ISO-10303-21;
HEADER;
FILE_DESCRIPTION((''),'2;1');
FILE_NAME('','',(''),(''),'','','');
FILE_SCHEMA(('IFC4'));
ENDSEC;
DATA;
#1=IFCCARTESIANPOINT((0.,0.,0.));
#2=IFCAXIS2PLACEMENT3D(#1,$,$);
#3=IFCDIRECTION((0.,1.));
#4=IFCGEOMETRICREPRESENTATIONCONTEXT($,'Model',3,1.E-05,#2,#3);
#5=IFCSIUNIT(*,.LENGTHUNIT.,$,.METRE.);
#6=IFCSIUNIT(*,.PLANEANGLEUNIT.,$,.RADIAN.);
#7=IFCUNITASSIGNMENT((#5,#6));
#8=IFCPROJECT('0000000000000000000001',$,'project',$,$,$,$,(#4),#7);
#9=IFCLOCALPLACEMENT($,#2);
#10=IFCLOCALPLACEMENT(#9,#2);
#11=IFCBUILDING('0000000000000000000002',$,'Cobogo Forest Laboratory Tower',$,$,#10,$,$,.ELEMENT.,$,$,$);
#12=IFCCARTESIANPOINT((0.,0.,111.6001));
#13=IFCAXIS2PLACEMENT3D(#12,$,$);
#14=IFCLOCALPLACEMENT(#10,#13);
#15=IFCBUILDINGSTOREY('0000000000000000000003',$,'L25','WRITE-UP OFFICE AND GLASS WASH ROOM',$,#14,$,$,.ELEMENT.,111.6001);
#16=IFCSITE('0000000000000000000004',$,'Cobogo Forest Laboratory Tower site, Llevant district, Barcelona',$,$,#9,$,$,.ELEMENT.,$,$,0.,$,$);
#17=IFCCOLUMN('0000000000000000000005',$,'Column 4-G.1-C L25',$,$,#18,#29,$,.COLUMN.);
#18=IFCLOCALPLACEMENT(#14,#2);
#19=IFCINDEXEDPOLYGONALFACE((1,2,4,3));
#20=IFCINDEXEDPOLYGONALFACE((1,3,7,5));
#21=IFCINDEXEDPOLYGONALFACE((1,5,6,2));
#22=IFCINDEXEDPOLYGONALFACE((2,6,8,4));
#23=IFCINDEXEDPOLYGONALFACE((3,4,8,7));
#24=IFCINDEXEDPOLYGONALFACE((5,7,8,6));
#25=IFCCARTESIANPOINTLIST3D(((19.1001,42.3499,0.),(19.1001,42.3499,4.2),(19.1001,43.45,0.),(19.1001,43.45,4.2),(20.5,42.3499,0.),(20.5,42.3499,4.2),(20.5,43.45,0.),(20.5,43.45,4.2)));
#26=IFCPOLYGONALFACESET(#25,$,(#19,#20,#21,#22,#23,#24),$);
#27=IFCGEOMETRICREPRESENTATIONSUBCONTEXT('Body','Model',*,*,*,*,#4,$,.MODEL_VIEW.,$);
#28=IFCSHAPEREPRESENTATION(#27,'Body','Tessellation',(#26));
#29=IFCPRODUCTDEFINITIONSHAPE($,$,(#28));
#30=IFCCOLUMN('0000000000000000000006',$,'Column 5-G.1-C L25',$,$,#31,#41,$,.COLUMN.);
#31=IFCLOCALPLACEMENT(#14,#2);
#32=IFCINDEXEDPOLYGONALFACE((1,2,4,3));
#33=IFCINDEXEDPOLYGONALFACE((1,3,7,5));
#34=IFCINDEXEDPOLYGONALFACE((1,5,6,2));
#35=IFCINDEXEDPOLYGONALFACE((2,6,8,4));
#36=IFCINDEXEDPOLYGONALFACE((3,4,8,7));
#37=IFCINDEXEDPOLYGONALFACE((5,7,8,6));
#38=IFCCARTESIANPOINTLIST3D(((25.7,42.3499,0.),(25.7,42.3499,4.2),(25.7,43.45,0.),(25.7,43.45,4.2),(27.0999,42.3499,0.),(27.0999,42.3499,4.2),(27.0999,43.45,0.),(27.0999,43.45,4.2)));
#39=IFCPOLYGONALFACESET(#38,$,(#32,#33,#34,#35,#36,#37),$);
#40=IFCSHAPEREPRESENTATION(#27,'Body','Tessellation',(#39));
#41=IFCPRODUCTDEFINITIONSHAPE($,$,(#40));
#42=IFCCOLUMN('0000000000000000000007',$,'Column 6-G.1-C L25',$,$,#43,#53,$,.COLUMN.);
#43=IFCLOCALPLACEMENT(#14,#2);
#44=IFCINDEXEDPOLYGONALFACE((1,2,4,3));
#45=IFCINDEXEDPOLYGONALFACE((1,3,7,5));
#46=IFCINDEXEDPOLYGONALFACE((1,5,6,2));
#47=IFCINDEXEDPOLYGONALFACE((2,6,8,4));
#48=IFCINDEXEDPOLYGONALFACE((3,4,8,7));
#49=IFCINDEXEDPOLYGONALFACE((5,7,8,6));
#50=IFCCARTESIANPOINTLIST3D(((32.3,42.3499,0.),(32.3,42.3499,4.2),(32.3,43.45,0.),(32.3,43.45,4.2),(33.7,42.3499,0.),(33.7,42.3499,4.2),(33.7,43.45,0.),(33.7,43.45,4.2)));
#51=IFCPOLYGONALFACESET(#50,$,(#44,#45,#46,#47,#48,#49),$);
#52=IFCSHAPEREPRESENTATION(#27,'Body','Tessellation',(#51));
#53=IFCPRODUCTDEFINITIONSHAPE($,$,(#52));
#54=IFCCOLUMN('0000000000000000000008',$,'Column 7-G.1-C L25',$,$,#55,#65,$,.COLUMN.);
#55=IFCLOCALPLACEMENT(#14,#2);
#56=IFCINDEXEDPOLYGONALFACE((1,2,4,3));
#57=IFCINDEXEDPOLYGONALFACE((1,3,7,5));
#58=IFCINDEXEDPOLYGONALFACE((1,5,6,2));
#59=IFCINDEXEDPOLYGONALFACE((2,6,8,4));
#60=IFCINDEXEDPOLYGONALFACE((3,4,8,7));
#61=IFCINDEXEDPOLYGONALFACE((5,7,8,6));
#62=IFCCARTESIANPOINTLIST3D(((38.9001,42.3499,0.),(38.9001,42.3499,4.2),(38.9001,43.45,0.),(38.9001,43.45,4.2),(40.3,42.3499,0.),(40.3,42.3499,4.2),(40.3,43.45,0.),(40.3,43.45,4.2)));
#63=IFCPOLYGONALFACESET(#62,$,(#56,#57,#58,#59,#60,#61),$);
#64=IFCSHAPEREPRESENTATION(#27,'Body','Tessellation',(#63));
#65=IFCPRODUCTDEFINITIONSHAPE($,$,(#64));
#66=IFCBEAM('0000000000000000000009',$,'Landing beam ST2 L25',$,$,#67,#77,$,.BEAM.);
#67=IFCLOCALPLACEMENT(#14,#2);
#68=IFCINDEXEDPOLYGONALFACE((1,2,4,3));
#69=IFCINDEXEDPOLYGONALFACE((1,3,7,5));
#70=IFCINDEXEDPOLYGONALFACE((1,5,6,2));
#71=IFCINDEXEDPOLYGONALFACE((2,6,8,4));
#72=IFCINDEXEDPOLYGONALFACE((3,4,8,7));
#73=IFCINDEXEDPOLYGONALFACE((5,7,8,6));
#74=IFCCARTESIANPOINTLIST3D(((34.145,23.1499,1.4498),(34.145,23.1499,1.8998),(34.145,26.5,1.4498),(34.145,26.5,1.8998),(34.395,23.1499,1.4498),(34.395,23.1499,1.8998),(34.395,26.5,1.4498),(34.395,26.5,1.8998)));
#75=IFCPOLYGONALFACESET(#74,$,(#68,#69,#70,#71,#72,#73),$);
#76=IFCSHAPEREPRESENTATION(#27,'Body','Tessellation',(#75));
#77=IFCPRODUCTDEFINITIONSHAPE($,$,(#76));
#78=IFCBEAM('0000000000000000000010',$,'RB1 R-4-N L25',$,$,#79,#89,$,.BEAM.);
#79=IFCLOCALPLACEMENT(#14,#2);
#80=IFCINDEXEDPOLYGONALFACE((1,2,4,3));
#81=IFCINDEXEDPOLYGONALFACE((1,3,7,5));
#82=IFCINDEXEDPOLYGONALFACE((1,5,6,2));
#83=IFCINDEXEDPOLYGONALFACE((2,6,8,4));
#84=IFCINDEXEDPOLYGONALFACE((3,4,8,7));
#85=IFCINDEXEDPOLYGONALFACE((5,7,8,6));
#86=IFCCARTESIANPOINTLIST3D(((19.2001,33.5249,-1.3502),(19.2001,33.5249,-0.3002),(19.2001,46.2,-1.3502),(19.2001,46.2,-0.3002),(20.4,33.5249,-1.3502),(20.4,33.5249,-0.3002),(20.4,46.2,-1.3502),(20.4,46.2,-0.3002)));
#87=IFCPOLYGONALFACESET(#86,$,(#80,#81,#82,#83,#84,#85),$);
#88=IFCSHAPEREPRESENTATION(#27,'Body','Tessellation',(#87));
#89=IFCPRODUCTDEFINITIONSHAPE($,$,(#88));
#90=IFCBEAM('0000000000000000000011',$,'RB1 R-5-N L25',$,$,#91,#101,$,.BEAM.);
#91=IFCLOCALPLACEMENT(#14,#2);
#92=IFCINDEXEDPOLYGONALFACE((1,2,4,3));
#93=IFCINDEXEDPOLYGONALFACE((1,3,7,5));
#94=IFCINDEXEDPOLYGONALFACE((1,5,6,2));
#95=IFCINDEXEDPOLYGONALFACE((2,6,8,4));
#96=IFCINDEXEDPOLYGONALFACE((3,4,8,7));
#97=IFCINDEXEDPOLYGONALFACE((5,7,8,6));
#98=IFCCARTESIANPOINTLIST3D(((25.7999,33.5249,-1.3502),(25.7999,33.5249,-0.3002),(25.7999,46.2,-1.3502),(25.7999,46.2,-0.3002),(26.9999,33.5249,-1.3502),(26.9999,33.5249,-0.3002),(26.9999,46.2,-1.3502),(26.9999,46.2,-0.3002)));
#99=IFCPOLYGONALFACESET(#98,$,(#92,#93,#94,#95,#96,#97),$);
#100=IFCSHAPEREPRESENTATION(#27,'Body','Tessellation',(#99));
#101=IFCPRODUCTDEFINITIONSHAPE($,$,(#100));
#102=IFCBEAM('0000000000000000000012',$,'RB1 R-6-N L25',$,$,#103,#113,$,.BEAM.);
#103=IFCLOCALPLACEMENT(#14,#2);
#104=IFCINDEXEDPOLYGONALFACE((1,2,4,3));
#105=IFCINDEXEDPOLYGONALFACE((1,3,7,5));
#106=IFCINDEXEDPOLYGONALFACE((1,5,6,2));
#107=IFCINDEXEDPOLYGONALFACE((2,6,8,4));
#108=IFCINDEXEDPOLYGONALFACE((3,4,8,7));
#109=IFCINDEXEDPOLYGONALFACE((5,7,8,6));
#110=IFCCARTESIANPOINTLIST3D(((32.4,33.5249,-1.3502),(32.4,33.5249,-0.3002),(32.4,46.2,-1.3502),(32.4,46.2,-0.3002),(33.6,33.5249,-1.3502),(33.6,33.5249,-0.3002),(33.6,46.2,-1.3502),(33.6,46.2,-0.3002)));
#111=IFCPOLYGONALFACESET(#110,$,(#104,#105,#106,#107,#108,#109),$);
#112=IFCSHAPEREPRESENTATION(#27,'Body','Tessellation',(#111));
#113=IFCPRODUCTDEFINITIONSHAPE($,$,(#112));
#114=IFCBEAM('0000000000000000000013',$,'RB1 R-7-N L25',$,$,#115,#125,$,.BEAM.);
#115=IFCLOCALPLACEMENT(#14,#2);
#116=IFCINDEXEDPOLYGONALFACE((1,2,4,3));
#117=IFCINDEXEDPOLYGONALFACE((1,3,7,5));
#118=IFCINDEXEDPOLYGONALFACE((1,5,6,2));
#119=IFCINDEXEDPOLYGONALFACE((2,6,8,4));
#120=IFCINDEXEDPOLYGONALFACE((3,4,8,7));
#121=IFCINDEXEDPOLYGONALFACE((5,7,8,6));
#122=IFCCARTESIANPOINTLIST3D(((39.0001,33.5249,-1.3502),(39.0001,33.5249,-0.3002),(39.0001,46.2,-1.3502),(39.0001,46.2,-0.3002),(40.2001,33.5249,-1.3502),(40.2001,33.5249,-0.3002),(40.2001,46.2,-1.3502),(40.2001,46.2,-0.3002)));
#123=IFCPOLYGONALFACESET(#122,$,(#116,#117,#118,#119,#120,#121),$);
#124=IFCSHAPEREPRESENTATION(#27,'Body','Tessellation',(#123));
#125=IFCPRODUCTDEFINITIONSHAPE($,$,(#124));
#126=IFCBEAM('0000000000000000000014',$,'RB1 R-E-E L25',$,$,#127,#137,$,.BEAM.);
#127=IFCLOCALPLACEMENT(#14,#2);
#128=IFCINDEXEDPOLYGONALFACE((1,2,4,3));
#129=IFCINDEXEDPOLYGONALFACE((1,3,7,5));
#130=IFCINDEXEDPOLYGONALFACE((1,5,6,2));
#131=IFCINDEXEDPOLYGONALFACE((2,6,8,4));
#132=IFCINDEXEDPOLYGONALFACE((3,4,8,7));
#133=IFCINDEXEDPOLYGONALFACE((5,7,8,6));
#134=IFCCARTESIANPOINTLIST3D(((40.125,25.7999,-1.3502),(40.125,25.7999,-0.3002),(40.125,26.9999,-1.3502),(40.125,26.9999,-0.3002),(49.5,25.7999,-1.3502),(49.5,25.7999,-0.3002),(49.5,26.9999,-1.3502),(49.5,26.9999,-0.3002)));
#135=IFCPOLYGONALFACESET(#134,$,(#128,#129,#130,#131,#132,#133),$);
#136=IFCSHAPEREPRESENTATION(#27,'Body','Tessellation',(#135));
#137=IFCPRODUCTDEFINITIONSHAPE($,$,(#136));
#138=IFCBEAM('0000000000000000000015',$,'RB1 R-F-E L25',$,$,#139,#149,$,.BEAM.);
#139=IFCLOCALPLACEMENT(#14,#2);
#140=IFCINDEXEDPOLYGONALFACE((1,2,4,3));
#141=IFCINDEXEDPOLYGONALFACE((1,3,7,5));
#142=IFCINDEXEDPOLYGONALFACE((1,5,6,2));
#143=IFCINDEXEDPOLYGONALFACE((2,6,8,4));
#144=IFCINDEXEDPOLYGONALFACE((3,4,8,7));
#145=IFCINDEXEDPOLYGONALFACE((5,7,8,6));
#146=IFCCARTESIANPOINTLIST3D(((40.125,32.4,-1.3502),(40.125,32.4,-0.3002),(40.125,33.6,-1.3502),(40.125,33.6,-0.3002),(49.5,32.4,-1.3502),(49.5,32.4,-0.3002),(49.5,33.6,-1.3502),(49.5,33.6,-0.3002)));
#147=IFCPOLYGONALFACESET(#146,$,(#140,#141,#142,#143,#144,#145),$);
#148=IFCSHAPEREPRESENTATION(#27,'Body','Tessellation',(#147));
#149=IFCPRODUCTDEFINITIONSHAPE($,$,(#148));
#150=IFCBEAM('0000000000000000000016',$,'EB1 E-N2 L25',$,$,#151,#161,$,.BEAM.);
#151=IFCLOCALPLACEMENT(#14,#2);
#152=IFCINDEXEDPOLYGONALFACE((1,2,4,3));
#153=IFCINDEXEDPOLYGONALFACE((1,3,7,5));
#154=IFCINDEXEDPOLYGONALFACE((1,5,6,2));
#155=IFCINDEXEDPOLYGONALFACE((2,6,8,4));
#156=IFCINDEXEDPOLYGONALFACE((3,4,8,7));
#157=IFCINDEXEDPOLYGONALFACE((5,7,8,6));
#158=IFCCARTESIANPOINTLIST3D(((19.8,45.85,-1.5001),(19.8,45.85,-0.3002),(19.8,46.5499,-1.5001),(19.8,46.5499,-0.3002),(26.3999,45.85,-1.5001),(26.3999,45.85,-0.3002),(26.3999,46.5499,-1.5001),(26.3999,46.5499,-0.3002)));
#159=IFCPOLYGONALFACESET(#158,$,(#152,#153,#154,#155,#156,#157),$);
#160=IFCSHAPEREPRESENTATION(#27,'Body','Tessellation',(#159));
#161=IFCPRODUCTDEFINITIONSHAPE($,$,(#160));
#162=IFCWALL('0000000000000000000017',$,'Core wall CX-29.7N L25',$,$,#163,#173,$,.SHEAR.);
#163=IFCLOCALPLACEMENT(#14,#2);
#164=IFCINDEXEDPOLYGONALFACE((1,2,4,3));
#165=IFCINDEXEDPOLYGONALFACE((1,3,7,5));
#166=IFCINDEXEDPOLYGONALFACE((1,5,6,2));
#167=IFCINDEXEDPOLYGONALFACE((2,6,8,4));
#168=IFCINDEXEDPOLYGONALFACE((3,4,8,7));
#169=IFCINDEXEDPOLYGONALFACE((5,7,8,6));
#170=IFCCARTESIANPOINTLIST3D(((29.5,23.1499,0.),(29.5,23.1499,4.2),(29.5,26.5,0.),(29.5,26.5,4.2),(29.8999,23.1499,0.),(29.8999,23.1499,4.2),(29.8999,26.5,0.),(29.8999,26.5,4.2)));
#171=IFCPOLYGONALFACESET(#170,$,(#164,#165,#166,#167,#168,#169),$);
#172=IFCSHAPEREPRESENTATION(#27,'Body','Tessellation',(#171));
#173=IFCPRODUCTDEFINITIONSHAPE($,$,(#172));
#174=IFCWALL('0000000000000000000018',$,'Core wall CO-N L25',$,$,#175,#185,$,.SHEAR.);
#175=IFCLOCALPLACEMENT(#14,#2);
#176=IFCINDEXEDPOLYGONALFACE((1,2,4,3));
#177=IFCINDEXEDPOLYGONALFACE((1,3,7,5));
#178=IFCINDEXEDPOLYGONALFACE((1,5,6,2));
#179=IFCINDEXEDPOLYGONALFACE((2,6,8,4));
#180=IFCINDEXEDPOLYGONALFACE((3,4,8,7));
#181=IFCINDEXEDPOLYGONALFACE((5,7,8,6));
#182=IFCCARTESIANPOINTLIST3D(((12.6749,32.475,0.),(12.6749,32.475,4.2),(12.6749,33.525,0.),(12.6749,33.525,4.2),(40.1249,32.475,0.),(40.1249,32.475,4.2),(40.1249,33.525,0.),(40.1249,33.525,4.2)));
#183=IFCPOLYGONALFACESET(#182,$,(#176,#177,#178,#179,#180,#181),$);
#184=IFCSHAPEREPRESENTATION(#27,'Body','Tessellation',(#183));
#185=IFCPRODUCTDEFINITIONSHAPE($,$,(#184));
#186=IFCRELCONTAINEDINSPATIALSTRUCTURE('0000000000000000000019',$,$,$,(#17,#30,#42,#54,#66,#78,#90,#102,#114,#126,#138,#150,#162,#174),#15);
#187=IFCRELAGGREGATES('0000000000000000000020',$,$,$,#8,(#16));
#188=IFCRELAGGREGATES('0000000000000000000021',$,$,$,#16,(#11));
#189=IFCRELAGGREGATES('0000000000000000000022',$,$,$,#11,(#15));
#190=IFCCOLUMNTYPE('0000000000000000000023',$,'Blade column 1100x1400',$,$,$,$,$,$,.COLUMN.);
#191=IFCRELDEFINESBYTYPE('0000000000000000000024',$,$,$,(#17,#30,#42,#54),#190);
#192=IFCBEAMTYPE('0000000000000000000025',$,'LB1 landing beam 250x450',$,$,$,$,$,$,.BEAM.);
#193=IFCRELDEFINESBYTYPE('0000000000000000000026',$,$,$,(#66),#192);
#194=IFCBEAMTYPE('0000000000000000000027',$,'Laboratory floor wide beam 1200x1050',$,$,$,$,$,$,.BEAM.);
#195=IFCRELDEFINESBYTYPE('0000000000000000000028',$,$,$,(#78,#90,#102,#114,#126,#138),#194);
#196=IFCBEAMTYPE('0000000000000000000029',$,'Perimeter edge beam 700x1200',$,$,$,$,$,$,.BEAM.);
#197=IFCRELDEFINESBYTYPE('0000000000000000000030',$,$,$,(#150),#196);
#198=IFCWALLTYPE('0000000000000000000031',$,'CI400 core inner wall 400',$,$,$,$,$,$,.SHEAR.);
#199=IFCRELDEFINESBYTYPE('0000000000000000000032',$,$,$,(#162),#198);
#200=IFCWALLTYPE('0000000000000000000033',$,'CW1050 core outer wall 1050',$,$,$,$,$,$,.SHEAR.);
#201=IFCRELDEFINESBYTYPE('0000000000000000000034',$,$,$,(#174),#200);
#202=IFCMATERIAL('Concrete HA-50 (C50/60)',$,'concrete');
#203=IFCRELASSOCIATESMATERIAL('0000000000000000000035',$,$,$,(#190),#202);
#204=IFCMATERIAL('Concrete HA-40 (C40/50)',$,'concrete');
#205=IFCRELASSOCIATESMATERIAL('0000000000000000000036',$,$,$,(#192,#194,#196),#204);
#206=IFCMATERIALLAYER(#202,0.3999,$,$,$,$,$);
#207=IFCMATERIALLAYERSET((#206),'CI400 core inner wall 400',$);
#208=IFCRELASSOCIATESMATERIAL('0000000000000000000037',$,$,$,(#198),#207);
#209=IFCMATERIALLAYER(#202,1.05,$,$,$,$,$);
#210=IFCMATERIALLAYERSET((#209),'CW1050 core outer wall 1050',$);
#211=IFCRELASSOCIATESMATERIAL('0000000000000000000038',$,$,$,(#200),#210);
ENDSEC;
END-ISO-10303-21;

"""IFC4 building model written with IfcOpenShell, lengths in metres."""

from ifc_helpers import new_model, si_unit, direction, frame, frame_2d, origin, origin_2d, place, context, subcontext, project, spatial, rectangle, extrude, material, layer, layer_set, material_profile, profile_set, type_object, element, save


model = new_model("IFC4")

# Units and contexts
model_context = context("Model", 3, precision=1e-05, world=origin(), true_north=direction((0.0, 1.0)))
body_context = subcontext(model_context, "Body", "Model", "MODEL_VIEW")
ifc_project = project(units=[si_unit("LENGTHUNIT", "METRE"), si_unit("PLANEANGLEUNIT", "RADIAN")], contexts=[model_context])

# Site, building, storey
site_placement = place(None, origin())
site = spatial("IfcSite", under=ifc_project, at=site_placement, Name="Cobogo Forest Laboratory Tower site, Llevant district, Barcelona", CompositionType="ELEMENT", RefElevation=0.0)
building_placement = place(site_placement, origin())
building = spatial("IfcBuilding", under=site, at=building_placement, Name="Cobogo Forest Laboratory Tower", CompositionType="ELEMENT")
storey_placement = place(building_placement, frame((0.0, 0.0, 111.6001)))
storey = spatial("IfcBuildingStorey", under=building, at=storey_placement, Name="L25", Description="WRITE-UP OFFICE AND GLASS WASH ROOM", CompositionType="ELEMENT", Elevation=111.6001)

# Columns
ifc_material_1 = material(Name="Concrete HA-50 (C50/60)", Category="concrete")
ifc_material_profile_1 = material_profile(ifc_material_1, rectangle(XDim=1.3999, YDim=1.1001, at=origin_2d()), Name="RC 1100x1400")
ifc_profile_set_1 = profile_set([ifc_material_profile_1], Name="Concrete HA-50 (C50/60)")
column_type = type_object("IfcColumnType", Name="Blade column 1100x1400", PredefinedType="COLUMN", material=ifc_profile_set_1)
for number, where, z_axis, x_axis, name in (
    (1, (19.8, 42.8999, 0.0), (0.0, 0.0, 1.0), (1.0, 0.0, 0.0), "Column 4-G.1-C L25"),
    (2, (26.3999, 42.8999, 0.0), (0.0, 0.0, 1.0), (1.0, 0.0, 0.0), "Column 5-G.1-C L25"),
    (3, (33.0, 42.8999, 0.0), (0.0, 0.0, 1.0), (1.0, 0.0, 0.0), "Column 6-G.1-C L25"),
    (4, (39.6001, 42.8999, 0.0), (0.0, 0.0, 1.0), (1.0, 0.0, 0.0), "Column 7-G.1-C L25"),
):
    element("IfcColumn", number, at=place(storey_placement, frame(where, z_axis=z_axis, x_axis=x_axis)), inside=storey, type_object=column_type, Name=name, PredefinedType="COLUMN", context=body_context, shape_type="SweptSolid", body=[
        extrude(rectangle(XDim=1.3999, YDim=1.1001, at=origin_2d()), origin(), (0.0, 0.0, 1.0), 4.2),
    ])

# Beams
ifc_material_2 = material(Name="Concrete HA-40 (C40/50)", Category="concrete")
ifc_material_profile_2 = material_profile(ifc_material_2, rectangle(XDim=0.25, YDim=0.45, at=origin_2d()), Name="RC 250x450")
ifc_profile_set_2 = profile_set([ifc_material_profile_2], Name="Concrete HA-40 (C40/50)")
beam_type_1 = type_object("IfcBeamType", Name="LB1 landing beam 250x450", PredefinedType="BEAM", material=ifc_profile_set_2)
beam_1_placement = place(storey_placement, frame((34.27, 23.1499, 1.6748), z_axis=(0.0, 1.0, 0.0), x_axis=(-1.0, 0.0, 0.0)))
element("IfcBeam", 5, at=beam_1_placement, inside=storey, type_object=beam_type_1, Name="Landing beam ST2 L25", PredefinedType="BEAM", context=body_context, shape_type="SweptSolid", body=[
    extrude(rectangle(XDim=0.25, YDim=0.45, at=origin_2d()), origin(), (0.0, 0.0, 1.0), 3.3501),
])
ifc_material_profile_3 = material_profile(ifc_material_2, rectangle(XDim=1.2, YDim=1.05, at=origin_2d()), Name="RC 1200x1050")
ifc_profile_set_3 = profile_set([ifc_material_profile_3], Name="Concrete HA-40 (C40/50)")
beam_type_2 = type_object("IfcBeamType", Name="Laboratory floor wide beam 1200x1050", PredefinedType="BEAM", material=ifc_profile_set_3)
for number, where, z_axis, x_axis, name in (
    (6, (19.8, 33.5249, -0.8252), (0.0, 1.0, 0.0), (-1.0, 0.0, 0.0), "RB1 R-4-N L25"),
    (7, (26.3999, 33.5249, -0.8252), (0.0, 1.0, 0.0), (-1.0, 0.0, 0.0), "RB1 R-5-N L25"),
    (8, (33.0, 33.5249, -0.8252), (0.0, 1.0, 0.0), (-1.0, 0.0, 0.0), "RB1 R-6-N L25"),
    (9, (39.6001, 33.5249, -0.8252), (0.0, 1.0, 0.0), (-1.0, 0.0, 0.0), "RB1 R-7-N L25"),
):
    element("IfcBeam", number, at=place(storey_placement, frame(where, z_axis=z_axis, x_axis=x_axis)), inside=storey, type_object=beam_type_2, Name=name, PredefinedType="BEAM", context=body_context, shape_type="SweptSolid", body=[
        extrude(rectangle(XDim=1.2, YDim=1.05, at=origin_2d()), origin(), (0.0, 0.0, 1.0), 12.675),
    ])
for number, where, z_axis, x_axis, name in (
    (10, (40.125, 26.3999, -0.8252), (1.0, 0.0, 0.0), (0.0, 1.0, 0.0), "RB1 R-E-E L25"),
    (11, (40.125, 33.0, -0.8252), (1.0, 0.0, 0.0), (0.0, 1.0, 0.0), "RB1 R-F-E L25"),
):
    element("IfcBeam", number, at=place(storey_placement, frame(where, z_axis=z_axis, x_axis=x_axis)), inside=storey, type_object=beam_type_2, Name=name, PredefinedType="BEAM", context=body_context, shape_type="SweptSolid", body=[
        extrude(rectangle(XDim=1.2, YDim=1.05, at=origin_2d()), origin(), (0.0, 0.0, 1.0), 9.375),
    ])
ifc_material_profile_4 = material_profile(ifc_material_2, rectangle(XDim=0.7, YDim=1.2, at=origin_2d()), Name="RC 700x1200")
ifc_profile_set_4 = profile_set([ifc_material_profile_4], Name="Concrete HA-40 (C40/50)")
beam_type_3 = type_object("IfcBeamType", Name="Perimeter edge beam 700x1200", PredefinedType="BEAM", material=ifc_profile_set_4)
beam_2_placement = place(storey_placement, frame((19.8, 46.2, -0.9001), z_axis=(1.0, 0.0, 0.0), x_axis=(0.0, 1.0, 0.0)))
element("IfcBeam", 12, at=beam_2_placement, inside=storey, type_object=beam_type_3, Name="EB1 E-N2 L25", PredefinedType="BEAM", context=body_context, shape_type="SweptSolid", body=[
    extrude(rectangle(XDim=0.7, YDim=1.2, at=origin_2d()), origin(), (0.0, 0.0, 1.0), 6.5999),
])

# Walls
ifc_layer_1 = layer(ifc_material_1, 0.3999)
ifc_layer_set_1 = layer_set([ifc_layer_1], Name="CI400 core inner wall 400")
wall_type_1 = type_object("IfcWallType", Name="CI400 core inner wall 400", PredefinedType="SHEAR", material=ifc_layer_set_1)
wall_1_placement = place(storey_placement, frame((29.7, 23.1499, 0.0), z_axis=(0.0, 0.0, 1.0), x_axis=(0.0, 1.0, 0.0)))
element("IfcWall", 13, at=wall_1_placement, inside=storey, type_object=wall_type_1, Name="Core wall CX-29.7N L25", PredefinedType="SHEAR", context=body_context, shape_type="SweptSolid", body=[
    extrude(rectangle(XDim=3.3501, YDim=0.3999, at=frame_2d((1.675, 0.0))), origin(), (0.0, 0.0, 1.0), 4.2),
])
ifc_layer_2 = layer(ifc_material_1, 1.05)
ifc_layer_set_2 = layer_set([ifc_layer_2], Name="CW1050 core outer wall 1050")
wall_type_2 = type_object("IfcWallType", Name="CW1050 core outer wall 1050", PredefinedType="SHEAR", material=ifc_layer_set_2)
wall_2_placement = place(storey_placement, frame((40.125, 33.0, 0.0), z_axis=(0.0, 0.0, 1.0), x_axis=(-1.0, 0.0, 0.0)))
element("IfcWall", 14, at=wall_2_placement, inside=storey, type_object=wall_type_2, Name="Core wall CO-N L25", PredefinedType="SHEAR", context=body_context, shape_type="SweptSolid", body=[
    extrude(rectangle(XDim=27.45, YDim=1.05, at=frame_2d((13.7251, 0.0))), origin(), (0.0, 0.0, 1.0), 4.2),
])

save(model, "model.ifc")
